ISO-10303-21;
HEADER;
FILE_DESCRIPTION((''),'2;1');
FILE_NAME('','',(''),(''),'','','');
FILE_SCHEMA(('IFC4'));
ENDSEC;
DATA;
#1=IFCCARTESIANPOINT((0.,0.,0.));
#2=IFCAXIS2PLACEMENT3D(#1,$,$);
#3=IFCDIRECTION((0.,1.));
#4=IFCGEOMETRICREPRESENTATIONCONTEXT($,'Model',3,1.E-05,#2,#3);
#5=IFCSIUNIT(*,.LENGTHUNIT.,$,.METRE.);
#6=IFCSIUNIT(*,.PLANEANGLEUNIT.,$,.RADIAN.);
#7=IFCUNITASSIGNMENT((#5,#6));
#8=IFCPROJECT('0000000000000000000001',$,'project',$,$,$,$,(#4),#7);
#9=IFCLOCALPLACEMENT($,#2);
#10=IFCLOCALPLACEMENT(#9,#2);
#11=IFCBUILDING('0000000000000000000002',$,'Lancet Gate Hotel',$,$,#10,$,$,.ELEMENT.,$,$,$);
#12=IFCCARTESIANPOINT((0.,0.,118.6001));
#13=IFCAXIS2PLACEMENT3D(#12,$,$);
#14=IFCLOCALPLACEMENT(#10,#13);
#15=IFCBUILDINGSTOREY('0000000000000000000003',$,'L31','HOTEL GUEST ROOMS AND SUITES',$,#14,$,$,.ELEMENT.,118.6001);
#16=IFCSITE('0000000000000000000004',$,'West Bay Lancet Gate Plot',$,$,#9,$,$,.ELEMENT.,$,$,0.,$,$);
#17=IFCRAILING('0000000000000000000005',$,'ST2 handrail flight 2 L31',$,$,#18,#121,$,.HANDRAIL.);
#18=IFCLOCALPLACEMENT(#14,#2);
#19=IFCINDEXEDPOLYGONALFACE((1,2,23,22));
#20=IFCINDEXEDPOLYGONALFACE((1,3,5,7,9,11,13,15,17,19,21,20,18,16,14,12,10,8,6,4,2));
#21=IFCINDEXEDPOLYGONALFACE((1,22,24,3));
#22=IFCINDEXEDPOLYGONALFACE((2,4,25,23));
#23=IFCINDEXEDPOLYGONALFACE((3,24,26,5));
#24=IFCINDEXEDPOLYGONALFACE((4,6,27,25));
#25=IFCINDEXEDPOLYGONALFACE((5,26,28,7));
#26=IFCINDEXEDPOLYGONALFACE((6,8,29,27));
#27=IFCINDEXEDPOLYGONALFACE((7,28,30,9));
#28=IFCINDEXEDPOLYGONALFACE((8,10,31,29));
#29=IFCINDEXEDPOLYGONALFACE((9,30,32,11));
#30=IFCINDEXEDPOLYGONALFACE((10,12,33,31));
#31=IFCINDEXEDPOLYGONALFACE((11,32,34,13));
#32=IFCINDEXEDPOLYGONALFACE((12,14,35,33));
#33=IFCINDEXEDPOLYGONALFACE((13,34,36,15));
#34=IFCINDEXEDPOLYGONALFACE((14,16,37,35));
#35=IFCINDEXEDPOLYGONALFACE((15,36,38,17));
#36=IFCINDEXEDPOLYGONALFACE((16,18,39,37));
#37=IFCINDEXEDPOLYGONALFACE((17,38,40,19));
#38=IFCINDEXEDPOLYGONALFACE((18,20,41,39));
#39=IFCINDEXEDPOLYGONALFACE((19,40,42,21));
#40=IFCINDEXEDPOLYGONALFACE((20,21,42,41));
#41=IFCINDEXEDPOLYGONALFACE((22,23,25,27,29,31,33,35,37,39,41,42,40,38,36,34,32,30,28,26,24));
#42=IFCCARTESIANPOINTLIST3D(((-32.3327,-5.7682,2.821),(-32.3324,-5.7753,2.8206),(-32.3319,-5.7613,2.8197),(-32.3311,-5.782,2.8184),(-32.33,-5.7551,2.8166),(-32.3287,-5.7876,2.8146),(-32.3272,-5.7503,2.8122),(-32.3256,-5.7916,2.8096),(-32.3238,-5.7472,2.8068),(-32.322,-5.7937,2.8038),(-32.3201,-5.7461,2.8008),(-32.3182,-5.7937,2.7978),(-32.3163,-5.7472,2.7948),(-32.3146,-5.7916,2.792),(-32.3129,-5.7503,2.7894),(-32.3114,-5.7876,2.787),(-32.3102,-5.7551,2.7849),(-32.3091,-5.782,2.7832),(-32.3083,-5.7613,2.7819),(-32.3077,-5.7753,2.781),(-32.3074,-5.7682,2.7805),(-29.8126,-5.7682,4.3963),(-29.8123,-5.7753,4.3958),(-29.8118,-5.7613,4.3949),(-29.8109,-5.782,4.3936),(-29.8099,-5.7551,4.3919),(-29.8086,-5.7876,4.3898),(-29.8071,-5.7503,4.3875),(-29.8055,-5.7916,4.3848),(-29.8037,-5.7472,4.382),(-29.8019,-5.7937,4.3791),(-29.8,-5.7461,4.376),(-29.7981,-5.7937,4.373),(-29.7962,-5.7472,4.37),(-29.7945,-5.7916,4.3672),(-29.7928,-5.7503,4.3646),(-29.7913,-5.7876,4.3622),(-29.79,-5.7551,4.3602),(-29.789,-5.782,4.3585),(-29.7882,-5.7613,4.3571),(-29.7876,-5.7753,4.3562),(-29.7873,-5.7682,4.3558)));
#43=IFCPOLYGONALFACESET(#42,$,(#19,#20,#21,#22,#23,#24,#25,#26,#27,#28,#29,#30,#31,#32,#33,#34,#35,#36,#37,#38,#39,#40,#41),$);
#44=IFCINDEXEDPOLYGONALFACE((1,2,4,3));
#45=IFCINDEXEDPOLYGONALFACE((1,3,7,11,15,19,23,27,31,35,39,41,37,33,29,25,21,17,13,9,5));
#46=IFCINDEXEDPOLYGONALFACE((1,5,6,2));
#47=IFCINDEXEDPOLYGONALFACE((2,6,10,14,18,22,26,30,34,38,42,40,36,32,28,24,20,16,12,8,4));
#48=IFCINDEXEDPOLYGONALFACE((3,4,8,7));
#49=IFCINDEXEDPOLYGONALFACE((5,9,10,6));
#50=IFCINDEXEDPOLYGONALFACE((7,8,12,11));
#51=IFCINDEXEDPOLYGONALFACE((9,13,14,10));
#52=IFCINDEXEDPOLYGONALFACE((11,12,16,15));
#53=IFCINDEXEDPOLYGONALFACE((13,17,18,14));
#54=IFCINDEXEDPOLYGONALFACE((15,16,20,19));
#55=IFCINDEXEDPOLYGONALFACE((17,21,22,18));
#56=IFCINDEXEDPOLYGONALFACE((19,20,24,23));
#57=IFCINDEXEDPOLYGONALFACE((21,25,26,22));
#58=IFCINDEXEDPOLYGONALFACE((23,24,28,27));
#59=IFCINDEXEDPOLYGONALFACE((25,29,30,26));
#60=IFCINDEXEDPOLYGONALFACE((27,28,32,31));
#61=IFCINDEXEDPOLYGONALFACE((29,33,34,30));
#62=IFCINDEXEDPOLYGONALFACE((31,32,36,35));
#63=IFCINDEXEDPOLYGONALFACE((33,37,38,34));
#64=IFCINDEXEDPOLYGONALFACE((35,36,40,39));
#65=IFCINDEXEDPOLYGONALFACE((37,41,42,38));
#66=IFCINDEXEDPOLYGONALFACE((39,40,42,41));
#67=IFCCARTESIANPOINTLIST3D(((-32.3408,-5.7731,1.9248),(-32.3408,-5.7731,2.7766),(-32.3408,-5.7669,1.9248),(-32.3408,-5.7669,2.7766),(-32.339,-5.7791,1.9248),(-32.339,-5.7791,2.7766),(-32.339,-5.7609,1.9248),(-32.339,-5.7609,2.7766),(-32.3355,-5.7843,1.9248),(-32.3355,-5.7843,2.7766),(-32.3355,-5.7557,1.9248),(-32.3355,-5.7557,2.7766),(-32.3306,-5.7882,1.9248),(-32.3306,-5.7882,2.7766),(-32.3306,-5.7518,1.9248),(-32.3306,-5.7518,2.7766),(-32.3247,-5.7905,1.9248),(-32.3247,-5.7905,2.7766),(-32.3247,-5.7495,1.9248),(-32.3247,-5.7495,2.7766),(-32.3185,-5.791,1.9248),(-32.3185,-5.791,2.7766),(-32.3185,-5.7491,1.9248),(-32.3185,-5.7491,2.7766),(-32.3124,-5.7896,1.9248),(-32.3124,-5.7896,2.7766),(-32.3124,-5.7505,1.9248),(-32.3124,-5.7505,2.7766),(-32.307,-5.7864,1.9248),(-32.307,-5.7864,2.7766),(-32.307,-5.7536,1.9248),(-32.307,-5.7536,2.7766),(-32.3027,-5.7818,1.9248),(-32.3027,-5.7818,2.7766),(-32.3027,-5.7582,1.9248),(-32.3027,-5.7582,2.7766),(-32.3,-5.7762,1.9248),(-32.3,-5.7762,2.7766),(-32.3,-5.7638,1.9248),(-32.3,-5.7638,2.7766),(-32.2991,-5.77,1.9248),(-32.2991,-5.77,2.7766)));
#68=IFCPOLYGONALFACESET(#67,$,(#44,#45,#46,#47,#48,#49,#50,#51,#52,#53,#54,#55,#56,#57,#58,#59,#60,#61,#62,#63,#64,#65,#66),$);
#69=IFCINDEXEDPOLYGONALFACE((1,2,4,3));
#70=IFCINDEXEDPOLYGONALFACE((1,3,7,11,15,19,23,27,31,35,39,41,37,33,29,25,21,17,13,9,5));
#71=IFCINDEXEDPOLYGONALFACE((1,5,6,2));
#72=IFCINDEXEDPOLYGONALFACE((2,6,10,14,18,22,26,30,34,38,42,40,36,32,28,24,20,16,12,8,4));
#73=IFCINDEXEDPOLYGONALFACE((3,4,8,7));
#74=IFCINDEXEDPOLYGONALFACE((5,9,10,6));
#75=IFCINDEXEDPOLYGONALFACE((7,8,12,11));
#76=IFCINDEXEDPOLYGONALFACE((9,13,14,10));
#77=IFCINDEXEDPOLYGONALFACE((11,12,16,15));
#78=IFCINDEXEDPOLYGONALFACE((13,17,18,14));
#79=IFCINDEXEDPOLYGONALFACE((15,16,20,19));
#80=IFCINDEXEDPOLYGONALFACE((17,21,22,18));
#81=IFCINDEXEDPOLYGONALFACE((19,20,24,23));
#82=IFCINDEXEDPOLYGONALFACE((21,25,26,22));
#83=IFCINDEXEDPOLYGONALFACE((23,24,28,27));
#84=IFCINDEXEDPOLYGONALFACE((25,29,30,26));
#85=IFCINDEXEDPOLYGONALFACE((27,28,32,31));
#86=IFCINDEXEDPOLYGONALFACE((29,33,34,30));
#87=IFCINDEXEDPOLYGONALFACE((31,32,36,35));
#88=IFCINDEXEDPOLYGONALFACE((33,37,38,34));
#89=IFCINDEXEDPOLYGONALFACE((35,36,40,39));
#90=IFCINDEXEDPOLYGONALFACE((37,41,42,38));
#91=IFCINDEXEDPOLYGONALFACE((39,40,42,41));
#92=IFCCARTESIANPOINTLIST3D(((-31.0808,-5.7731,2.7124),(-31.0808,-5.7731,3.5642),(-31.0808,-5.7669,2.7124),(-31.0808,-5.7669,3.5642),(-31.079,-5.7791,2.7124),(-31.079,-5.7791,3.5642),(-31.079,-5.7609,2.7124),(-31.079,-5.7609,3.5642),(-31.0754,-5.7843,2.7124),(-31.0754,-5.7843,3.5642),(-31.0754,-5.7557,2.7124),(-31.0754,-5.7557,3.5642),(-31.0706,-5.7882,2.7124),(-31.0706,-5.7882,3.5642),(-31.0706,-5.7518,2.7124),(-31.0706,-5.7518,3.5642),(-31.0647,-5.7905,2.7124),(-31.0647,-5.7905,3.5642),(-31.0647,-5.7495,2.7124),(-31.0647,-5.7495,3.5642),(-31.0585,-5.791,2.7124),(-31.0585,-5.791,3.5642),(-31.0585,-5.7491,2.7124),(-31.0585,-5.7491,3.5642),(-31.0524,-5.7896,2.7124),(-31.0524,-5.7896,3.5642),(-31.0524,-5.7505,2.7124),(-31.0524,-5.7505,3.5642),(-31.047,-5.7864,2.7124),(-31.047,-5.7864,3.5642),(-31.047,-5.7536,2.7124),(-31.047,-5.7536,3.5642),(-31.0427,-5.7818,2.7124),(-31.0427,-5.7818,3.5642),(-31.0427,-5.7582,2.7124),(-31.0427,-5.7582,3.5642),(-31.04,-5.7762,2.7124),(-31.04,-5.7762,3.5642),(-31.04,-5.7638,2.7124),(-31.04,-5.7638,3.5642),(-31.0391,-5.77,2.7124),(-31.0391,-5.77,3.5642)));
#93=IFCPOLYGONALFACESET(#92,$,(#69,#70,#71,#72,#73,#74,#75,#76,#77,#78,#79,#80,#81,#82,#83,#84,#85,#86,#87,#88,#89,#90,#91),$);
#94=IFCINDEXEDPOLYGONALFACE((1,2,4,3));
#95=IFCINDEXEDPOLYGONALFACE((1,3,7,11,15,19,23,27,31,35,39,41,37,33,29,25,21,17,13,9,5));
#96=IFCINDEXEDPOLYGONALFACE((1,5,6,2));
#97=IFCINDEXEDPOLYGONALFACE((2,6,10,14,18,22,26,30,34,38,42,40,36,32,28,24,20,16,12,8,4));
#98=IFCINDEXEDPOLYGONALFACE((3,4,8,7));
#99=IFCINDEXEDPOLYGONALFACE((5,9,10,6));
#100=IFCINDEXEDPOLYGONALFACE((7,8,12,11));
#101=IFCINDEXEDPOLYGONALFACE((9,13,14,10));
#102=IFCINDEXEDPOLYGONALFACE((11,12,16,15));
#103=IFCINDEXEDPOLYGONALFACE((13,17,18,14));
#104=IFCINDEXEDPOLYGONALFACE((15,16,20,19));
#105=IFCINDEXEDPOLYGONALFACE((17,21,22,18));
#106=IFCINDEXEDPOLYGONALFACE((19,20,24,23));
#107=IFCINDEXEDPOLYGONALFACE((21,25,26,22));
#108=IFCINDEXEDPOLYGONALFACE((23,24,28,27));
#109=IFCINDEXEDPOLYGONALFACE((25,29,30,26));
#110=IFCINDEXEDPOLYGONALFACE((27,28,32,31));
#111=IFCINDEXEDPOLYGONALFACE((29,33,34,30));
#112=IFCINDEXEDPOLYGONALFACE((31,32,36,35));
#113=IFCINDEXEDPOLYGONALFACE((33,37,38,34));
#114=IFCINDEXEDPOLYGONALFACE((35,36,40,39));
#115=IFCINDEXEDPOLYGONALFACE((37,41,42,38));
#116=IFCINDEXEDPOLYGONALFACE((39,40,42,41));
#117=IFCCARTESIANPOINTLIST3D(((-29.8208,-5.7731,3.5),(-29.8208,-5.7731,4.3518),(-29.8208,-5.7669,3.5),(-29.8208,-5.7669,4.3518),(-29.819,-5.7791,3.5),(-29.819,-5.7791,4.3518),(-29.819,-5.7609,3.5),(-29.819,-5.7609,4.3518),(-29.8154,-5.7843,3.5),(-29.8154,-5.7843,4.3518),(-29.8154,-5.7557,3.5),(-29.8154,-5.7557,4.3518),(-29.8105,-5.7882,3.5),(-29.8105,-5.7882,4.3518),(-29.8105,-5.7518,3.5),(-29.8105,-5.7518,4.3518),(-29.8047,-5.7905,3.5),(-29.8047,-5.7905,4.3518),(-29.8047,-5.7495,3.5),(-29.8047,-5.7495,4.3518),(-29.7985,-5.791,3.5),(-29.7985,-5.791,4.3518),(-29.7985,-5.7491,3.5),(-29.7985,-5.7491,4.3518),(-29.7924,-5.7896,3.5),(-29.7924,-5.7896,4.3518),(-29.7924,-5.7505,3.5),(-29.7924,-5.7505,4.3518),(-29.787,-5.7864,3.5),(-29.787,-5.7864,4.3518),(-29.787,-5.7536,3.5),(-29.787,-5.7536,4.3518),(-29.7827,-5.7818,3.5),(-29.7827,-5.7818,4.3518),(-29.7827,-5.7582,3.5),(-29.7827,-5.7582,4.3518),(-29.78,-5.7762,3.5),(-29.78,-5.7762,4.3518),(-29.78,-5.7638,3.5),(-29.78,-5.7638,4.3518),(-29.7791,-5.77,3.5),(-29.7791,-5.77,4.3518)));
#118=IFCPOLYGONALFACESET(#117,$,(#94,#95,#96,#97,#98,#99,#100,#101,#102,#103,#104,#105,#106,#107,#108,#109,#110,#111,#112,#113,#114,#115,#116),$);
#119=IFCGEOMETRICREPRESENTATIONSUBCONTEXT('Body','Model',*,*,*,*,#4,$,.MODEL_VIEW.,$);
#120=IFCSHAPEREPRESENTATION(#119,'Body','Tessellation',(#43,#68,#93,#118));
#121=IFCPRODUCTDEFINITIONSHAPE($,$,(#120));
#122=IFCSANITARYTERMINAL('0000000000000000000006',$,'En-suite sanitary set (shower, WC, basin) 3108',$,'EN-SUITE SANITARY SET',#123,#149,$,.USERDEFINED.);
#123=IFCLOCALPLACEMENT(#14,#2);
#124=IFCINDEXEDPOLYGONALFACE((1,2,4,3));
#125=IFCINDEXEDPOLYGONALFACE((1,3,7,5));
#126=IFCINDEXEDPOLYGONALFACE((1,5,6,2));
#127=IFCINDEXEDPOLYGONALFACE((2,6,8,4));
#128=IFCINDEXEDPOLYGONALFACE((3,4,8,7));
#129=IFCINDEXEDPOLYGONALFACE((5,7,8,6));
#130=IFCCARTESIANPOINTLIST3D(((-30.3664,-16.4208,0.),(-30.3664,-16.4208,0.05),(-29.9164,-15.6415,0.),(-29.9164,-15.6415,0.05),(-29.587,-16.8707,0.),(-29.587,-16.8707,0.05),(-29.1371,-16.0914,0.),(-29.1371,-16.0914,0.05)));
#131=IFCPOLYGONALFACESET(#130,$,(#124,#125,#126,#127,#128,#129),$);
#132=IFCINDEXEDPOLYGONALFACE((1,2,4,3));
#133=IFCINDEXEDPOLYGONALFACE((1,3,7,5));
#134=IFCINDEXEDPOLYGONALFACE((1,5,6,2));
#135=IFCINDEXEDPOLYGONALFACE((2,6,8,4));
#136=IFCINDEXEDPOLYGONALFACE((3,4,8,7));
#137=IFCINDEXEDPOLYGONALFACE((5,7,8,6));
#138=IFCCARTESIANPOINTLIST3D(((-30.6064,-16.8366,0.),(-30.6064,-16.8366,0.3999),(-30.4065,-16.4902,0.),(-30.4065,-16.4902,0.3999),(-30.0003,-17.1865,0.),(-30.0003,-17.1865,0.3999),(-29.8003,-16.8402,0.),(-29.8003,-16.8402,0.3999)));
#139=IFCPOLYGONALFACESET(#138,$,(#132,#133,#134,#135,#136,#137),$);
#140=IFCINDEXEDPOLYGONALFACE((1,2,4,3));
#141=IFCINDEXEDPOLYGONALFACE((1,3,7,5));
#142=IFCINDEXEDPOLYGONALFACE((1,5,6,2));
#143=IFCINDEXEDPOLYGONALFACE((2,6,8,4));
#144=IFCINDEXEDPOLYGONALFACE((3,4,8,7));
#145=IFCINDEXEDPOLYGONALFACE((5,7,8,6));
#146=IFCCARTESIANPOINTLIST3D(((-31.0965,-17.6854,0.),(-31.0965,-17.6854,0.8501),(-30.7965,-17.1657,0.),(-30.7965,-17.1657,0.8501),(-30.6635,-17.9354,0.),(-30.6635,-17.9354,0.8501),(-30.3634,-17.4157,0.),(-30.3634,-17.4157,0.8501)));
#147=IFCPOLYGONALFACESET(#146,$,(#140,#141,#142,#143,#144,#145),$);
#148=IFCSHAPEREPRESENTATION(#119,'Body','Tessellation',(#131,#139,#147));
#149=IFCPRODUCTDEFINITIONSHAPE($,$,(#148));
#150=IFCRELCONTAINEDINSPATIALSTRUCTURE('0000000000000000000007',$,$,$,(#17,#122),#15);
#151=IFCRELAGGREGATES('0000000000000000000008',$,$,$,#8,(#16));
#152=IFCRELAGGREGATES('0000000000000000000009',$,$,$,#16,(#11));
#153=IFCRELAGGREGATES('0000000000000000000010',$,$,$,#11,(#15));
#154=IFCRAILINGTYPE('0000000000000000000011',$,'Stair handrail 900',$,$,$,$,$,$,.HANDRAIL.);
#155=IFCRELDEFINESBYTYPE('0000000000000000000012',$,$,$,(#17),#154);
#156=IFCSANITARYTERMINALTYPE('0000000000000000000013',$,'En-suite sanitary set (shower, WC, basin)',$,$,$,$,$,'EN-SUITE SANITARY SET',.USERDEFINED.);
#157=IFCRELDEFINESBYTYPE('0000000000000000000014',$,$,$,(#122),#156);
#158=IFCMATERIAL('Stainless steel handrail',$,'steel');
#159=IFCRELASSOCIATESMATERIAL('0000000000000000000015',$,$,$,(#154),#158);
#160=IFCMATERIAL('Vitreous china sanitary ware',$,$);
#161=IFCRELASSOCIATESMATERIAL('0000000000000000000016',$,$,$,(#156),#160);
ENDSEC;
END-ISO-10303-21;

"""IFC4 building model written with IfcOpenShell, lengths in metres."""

from ifc_helpers import new_model, si_unit, direction, frame, origin, origin_2d, place, context, subcontext, project, spatial, rectangle, circle, extrude, material, type_object, element, save


model = new_model("IFC4")

# Units and contexts
model_context = context("Model", 3, precision=1e-05, world=origin(), true_north=direction((0.0, 1.0)))
body_context = subcontext(model_context, "Body", "Model", "MODEL_VIEW")
ifc_project = project(units=[si_unit("LENGTHUNIT", "METRE"), si_unit("PLANEANGLEUNIT", "RADIAN")], contexts=[model_context])

# Site, building, storey
site_placement = place(None, origin())
site = spatial("IfcSite", under=ifc_project, at=site_placement, Name="West Bay Lancet Gate Plot", CompositionType="ELEMENT", RefElevation=0.0)
building_placement = place(site_placement, origin())
building = spatial("IfcBuilding", under=site, at=building_placement, Name="Lancet Gate Hotel", CompositionType="ELEMENT")
storey_placement = place(building_placement, frame((0.0, 0.0, 118.6001)))
storey = spatial("IfcBuildingStorey", under=building, at=storey_placement, Name="L31", Description="HOTEL GUEST ROOMS AND SUITES", CompositionType="ELEMENT", Elevation=118.6001)

# Railing
ifc_material_1 = material(Name="Stainless steel handrail", Category="steel")
railing_type = type_object("IfcRailingType", Name="Stair handrail 900", PredefinedType="HANDRAIL", material=ifc_material_1)
railing_1_placement = place(storey_placement, frame((-32.3201, -5.77, 1.9248)))
element("IfcRailing", 1, at=railing_1_placement, inside=storey, type_object=railing_type, Name="ST2 handrail flight 2 L31", PredefinedType="HANDRAIL", context=body_context, shape_type="SweptSolid", body=[
    extrude(circle(Radius=0.0239, at=origin_2d()), frame((0.0, 0.0, 0.876), z_axis=(0.847971, 0.0, 0.530043), x_axis=(0.0, 1.0, 0.0)), (0.0, 0.0, 1.0), 2.9719),
    extrude(circle(Radius=0.021, at=origin_2d()), origin(), (0.0, 0.0, 1.0), 0.8518),
    extrude(circle(Radius=0.021, at=origin_2d()), frame((1.26, 0.0, 0.7876)), (0.0, 0.0, 1.0), 0.8518),
    extrude(circle(Radius=0.021, at=origin_2d()), frame((2.52, 0.0, 1.5752)), (0.0, 0.0, 1.0), 0.8518),
])

# Sanitary terminal
ifc_material_2 = material(Name="Vitreous china sanitary ware")
sanitary_terminal_type = type_object("IfcSanitaryTerminalType", Name="En-suite sanitary set (shower, WC, basin)", ElementType="EN-SUITE SANITARY SET", PredefinedType="USERDEFINED", material=ifc_material_2)
sanitary_terminal_placement = place(storey_placement, frame((-29.7517, -16.2561, 0.0), z_axis=(0.0, 0.0, 1.0), x_axis=(1.0, 0.0, 0.0)))
element("IfcSanitaryTerminal", 2, at=sanitary_terminal_placement, inside=storey, type_object=sanitary_terminal_type, Name="En-suite sanitary set (shower, WC, basin) 3108", ObjectType="EN-SUITE SANITARY SET", PredefinedType="USERDEFINED", context=body_context, shape_type="SweptSolid", body=[
    extrude(rectangle(XDim=0.8999, YDim=0.8999, at=origin_2d()), frame((0.0, 0.0, 0.0), z_axis=(0.0, 0.0, 1.0), x_axis=(0.5, 0.866025, 0.0)), (0.0, 0.0, 1.0), 0.05),
    extrude(rectangle(XDim=0.3999, YDim=0.7, at=origin_2d()), frame((-0.4517, -0.5823, 0.0), z_axis=(0.0, 0.0, 1.0), x_axis=(0.5, 0.866025, 0.0)), (0.0, 0.0, 1.0), 0.3999),
    extrude(rectangle(XDim=0.6001, YDim=0.5, at=origin_2d()), frame((-0.9783, -1.2944, 0.0), z_axis=(0.0, 0.0, 1.0), x_axis=(0.5, 0.866025, 0.0)), (0.0, 0.0, 1.0), 0.8501),
])

save(model, "model.ifc")
